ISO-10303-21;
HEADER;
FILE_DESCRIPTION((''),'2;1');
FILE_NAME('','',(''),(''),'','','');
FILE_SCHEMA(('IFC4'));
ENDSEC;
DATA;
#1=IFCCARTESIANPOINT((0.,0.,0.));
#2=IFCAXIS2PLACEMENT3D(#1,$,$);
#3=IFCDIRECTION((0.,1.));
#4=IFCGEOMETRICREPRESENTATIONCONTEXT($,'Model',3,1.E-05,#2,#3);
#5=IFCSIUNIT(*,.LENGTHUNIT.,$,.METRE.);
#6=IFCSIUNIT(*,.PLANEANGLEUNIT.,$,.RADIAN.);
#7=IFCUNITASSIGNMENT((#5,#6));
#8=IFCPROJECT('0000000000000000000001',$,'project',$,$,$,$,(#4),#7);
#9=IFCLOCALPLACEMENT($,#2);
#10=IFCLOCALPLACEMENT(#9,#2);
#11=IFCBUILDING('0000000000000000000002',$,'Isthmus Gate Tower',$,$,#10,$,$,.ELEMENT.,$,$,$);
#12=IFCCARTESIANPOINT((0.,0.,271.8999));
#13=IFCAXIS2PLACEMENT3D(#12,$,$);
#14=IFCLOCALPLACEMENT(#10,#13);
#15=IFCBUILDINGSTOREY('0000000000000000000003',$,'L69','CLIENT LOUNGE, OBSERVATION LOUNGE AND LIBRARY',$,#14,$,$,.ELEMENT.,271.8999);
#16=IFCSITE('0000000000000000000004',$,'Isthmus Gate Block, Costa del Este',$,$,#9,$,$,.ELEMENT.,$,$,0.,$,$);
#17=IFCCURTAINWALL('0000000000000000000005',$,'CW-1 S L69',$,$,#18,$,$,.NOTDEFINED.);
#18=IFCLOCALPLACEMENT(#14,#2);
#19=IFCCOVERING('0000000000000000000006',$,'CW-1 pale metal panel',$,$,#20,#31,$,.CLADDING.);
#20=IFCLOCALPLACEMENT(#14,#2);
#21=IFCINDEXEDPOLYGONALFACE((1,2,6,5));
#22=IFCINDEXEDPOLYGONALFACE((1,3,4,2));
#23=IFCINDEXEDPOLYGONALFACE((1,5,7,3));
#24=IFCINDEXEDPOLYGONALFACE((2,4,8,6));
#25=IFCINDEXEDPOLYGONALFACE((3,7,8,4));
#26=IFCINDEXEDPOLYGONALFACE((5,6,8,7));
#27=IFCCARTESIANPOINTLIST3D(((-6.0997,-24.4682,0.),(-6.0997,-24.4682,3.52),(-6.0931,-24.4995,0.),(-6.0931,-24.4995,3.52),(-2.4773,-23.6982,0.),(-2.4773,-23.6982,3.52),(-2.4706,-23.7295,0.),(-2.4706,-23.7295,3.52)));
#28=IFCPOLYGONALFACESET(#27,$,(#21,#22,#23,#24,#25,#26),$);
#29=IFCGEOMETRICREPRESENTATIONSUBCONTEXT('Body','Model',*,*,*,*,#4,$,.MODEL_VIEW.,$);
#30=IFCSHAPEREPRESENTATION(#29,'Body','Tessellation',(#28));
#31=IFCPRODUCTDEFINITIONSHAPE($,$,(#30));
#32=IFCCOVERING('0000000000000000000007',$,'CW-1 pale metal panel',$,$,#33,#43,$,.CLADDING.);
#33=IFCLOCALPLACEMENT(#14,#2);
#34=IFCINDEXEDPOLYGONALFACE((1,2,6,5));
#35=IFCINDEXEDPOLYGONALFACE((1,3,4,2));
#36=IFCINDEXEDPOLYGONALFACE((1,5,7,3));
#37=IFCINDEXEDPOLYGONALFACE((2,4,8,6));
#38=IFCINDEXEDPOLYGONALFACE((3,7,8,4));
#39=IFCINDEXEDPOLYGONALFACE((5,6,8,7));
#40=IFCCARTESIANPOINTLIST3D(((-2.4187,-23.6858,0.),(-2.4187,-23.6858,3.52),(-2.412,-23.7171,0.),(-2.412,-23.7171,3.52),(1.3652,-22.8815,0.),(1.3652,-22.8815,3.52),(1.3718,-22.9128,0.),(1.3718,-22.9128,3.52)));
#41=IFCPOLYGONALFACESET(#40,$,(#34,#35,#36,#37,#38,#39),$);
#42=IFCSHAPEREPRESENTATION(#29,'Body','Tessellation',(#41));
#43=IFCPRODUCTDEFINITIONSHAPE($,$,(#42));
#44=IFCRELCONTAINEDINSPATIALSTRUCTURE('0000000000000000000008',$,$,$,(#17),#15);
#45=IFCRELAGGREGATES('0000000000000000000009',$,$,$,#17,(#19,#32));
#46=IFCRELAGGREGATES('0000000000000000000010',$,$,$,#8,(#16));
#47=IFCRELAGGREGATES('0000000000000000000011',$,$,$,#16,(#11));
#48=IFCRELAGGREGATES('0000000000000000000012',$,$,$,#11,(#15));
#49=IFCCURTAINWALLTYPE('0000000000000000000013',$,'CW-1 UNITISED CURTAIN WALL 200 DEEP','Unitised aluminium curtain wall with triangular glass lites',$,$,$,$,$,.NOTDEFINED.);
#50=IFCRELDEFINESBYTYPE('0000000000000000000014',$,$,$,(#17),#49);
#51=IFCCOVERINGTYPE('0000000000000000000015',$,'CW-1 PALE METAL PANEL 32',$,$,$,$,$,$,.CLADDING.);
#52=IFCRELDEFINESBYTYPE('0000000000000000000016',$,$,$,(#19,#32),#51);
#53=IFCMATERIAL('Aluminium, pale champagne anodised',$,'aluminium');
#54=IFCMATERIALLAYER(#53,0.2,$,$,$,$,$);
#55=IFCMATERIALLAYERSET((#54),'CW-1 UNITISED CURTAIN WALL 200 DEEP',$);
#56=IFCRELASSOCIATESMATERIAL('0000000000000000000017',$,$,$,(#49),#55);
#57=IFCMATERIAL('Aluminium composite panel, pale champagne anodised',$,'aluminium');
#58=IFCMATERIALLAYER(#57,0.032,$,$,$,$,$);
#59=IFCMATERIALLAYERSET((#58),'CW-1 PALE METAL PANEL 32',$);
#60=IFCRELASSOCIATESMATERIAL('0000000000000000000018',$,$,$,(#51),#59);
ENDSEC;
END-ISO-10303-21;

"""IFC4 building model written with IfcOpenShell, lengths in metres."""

from ifc_helpers import new_model, si_unit, direction, frame, origin, origin_2d, place, context, subcontext, project, spatial, rectangle, extrude, material, layer, layer_set, type_object, element, aggregate, save


model = new_model("IFC4")

# Units and contexts
model_context = context("Model", 3, precision=1e-05, world=origin(), true_north=direction((0.0, 1.0)))
body_context = subcontext(model_context, "Body", "Model", "MODEL_VIEW")
ifc_project = project(units=[si_unit("LENGTHUNIT", "METRE"), si_unit("PLANEANGLEUNIT", "RADIAN")], contexts=[model_context])

# Site, building, storey
site_placement = place(None, origin())
site = spatial("IfcSite", under=ifc_project, at=site_placement, Name="Isthmus Gate Block, Costa del Este", CompositionType="ELEMENT", RefElevation=0.0)
building_placement = place(site_placement, origin())
building = spatial("IfcBuilding", under=site, at=building_placement, Name="Isthmus Gate Tower", CompositionType="ELEMENT")
storey_placement = place(building_placement, frame((0.0, 0.0, 271.8999)))
storey = spatial("IfcBuildingStorey", under=building, at=storey_placement, Name="L69", Description="CLIENT LOUNGE, OBSERVATION LOUNGE AND LIBRARY", CompositionType="ELEMENT", Elevation=271.8999)

# Shared definitions
ifc_material_1 = material(Name="Aluminium, pale champagne anodised", Category="aluminium")
ifc_layer_1 = layer(ifc_material_1, 0.2)
ifc_layer_set_1 = layer_set([ifc_layer_1], Name="CW-1 UNITISED CURTAIN WALL 200 DEEP")
curtain_wall_type = type_object("IfcCurtainWallType", Name="CW-1 UNITISED CURTAIN WALL 200 DEEP", Description="Unitised aluminium curtain wall with triangular glass lites", PredefinedType="NOTDEFINED", material=ifc_layer_set_1)

# Curtain wall
curtain_wall_1_placement = place(storey_placement, origin())
curtain_wall_1 = element("IfcCurtainWall", 1, at=curtain_wall_1_placement, inside=storey, type_object=curtain_wall_type, Name="CW-1 S L69", PredefinedType="NOTDEFINED")

# Coverings
ifc_material_2 = material(Name="Aluminium composite panel, pale champagne anodised", Category="aluminium")
ifc_layer_2 = layer(ifc_material_2, 0.032)
ifc_layer_set_2 = layer_set([ifc_layer_2], Name="CW-1 PALE METAL PANEL 32")
covering_type = type_object("IfcCoveringType", Name="CW-1 PALE METAL PANEL 32", PredefinedType="CLADDING", material=ifc_layer_set_2)
covering_1_placement = place(storey_placement, frame((-4.2852, -24.0989, 0.0), z_axis=(0.0, 0.0, 1.0), x_axis=(0.978148, 0.207912, 0.0)))
covering_1 = element("IfcCovering", 2, at=covering_1_placement, type_object=covering_type, Name="CW-1 pale metal panel", PredefinedType="CLADDING", context=body_context, shape_type="SweptSolid", body=[
    extrude(rectangle(XDim=3.7034, YDim=0.032, at=origin_2d()), origin(), (0.0, 0.0, 1.0), 3.52),
])
covering_2_placement = place(storey_placement, frame((-0.5234, -23.2993, 0.0), z_axis=(0.0, 0.0, 1.0), x_axis=(0.978148, 0.207912, 0.0)))
covering_2 = element("IfcCovering", 3, at=covering_2_placement, type_object=covering_type, Name="CW-1 pale metal panel", PredefinedType="CLADDING", context=body_context, shape_type="SweptSolid", body=[
    extrude(rectangle(XDim=3.8684, YDim=0.032, at=origin_2d()), origin(), (0.0, 0.0, 1.0), 3.52),
])
aggregate(curtain_wall_1, [covering_1, covering_2])

save(model, "model.ifc")
